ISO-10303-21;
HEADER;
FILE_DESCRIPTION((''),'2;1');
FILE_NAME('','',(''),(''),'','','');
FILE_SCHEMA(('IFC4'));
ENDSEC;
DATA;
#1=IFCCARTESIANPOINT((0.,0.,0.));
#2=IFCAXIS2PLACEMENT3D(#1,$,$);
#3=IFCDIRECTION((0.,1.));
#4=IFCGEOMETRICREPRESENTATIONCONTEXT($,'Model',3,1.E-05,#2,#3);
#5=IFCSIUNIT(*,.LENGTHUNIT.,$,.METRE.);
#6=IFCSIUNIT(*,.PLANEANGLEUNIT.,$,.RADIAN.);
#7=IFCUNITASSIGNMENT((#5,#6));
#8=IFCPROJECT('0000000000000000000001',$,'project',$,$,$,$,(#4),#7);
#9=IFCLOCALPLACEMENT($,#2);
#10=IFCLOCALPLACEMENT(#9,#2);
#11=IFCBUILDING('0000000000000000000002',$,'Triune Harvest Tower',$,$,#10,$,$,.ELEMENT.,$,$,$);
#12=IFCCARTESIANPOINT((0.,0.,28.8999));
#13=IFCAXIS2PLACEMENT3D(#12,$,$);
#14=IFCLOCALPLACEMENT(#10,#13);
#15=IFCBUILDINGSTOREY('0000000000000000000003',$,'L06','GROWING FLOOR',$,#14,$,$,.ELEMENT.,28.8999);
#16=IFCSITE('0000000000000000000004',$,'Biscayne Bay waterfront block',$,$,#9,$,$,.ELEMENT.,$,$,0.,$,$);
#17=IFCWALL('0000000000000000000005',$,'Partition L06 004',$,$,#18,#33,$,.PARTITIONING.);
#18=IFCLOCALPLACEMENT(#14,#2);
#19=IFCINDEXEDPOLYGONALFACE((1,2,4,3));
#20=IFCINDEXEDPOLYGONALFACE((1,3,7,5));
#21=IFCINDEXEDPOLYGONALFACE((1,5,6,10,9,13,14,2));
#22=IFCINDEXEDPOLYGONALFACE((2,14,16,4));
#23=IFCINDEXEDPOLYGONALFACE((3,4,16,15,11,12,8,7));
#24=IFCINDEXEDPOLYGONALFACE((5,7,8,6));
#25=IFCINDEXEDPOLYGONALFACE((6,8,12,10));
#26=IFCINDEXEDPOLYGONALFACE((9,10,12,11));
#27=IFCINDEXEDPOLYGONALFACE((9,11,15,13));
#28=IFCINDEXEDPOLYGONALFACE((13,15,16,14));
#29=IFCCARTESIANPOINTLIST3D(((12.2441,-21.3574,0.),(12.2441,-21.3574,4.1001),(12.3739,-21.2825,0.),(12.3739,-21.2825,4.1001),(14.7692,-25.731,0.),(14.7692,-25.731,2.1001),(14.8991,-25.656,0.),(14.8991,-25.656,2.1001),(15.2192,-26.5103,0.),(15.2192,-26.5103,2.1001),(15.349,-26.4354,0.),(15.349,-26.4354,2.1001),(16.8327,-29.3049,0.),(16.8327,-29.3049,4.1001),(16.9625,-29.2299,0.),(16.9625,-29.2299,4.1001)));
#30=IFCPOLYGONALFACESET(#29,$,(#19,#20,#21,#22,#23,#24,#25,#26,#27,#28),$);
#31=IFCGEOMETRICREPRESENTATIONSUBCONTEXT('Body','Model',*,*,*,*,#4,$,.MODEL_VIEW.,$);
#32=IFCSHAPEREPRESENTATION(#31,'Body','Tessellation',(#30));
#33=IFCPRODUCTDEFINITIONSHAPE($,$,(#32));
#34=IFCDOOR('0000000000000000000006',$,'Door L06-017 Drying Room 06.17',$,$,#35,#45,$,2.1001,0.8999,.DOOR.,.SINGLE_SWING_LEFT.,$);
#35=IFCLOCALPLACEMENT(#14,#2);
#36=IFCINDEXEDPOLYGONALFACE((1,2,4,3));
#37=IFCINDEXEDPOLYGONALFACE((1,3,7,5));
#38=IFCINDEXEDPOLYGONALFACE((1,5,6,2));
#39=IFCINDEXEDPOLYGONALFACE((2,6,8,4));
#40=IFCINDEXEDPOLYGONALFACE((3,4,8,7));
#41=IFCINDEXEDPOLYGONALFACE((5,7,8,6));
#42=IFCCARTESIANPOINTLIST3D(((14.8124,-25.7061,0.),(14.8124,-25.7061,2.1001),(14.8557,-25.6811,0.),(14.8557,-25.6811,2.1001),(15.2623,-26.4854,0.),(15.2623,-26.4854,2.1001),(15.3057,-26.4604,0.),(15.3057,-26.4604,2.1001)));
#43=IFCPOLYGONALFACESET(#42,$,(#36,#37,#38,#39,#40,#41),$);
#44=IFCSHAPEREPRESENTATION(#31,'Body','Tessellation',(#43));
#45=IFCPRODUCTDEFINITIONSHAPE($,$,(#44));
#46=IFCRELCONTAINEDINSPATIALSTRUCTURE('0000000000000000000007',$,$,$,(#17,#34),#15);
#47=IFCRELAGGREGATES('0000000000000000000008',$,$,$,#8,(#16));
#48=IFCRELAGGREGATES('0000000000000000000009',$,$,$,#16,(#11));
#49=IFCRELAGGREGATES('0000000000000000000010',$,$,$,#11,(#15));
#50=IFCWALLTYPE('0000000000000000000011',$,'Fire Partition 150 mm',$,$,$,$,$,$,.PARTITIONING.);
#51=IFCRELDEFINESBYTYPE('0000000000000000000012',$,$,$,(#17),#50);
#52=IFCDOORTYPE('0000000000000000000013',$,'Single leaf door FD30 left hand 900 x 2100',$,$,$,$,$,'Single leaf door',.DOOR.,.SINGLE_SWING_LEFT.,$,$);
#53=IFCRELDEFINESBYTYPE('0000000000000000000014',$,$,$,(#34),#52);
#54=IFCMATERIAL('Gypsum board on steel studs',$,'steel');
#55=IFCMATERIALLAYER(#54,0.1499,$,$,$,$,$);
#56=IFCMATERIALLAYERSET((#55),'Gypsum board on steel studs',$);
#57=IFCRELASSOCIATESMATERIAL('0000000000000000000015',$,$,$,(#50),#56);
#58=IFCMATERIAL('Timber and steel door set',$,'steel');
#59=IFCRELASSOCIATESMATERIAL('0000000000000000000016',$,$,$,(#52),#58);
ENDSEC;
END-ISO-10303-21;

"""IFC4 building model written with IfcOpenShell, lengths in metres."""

from ifc_helpers import new_model, si_unit, direction, frame, frame_2d, origin, place, context, subcontext, project, spatial, rectangle, extrude, source, transform, mapped, material, layer, layer_set, type_object, element, fill, save


model = new_model("IFC4")

# Units and contexts
model_context = context("Model", 3, precision=1e-05, world=origin(), true_north=direction((0.0, 1.0)))
body_context = subcontext(model_context, "Body", "Model", "MODEL_VIEW")
ifc_project = project(units=[si_unit("LENGTHUNIT", "METRE"), si_unit("PLANEANGLEUNIT", "RADIAN")], contexts=[model_context])

# Site, building, storey
site_placement = place(None, origin())
site = spatial("IfcSite", under=ifc_project, at=site_placement, Name="Biscayne Bay waterfront block", CompositionType="ELEMENT", RefElevation=0.0)
building_placement = place(site_placement, origin())
building = spatial("IfcBuilding", under=site, at=building_placement, Name="Triune Harvest Tower", CompositionType="ELEMENT")
storey_placement = place(building_placement, frame((0.0, 0.0, 28.8999)))
storey = spatial("IfcBuildingStorey", under=building, at=storey_placement, Name="L06", Description="GROWING FLOOR", CompositionType="ELEMENT", Elevation=28.8999)

# Wall, opening, door
ifc_material_1 = material(Name="Gypsum board on steel studs", Category="steel")
ifc_layer_1 = layer(ifc_material_1, 0.1499)
ifc_layer_set_1 = layer_set([ifc_layer_1], Name="Gypsum board on steel studs")
wall_type_1 = type_object("IfcWallType", Name="Fire Partition 150 mm", PredefinedType="PARTITIONING", material=ifc_layer_set_1)
shared_shape_1 = source(origin(), body_context, "Body", "SweptSolid", [
    extrude(rectangle(XDim=9.177, YDim=0.1499, at=frame_2d((4.5884, 0.0))), origin(), (0.0, 0.0, 1.0), 4.1001),
])
wall_1_placement = place(storey_placement, frame((12.3091, -21.3201, 0.0), z_axis=(0.0, 0.0, 1.0), x_axis=(0.50001, -0.866019, 0.0)))
wall_1 = element("IfcWall", 1, at=wall_1_placement, inside=storey, type_object=wall_type_1, Name="Partition L06 004", PredefinedType="PARTITIONING", context=body_context, shape_type="MappedRepresentation", body=[
    mapped(shared_shape_1, transform((0.0, 0.0, 0.0), scale=1.0)),
])
opening_placement = place(wall_1_placement, frame((5.05, 0.0, 0.0)))
opening = element("IfcOpeningElement", 2, at=opening_placement, cuts=wall_1, PredefinedType="OPENING", context=body_context, shape_type="SweptSolid", body=[
    extrude(rectangle(XDim=0.8999, YDim=2.1001, at=frame_2d((0.45, 1.05))), frame((0.0, 0.085, 0.0), z_axis=(0.0, -1.0, 0.0), x_axis=(1.0, 0.0, 0.0)), (0.0, 0.0, 1.0), 0.1699),
])
ifc_material_2 = material(Name="Timber and steel door set", Category="steel")
door_type = type_object("IfcDoorType", Name="Single leaf door FD30 left hand 900 x 2100", ElementType="Single leaf door", OperationType="SINGLE_SWING_LEFT", PredefinedType="DOOR", material=ifc_material_2)
door_placement = place(opening_placement, origin())
door = element("IfcDoor", 3, at=door_placement, inside=storey, type_object=door_type, Name="Door L06-017 Drying Room 06.17", OperationType="SINGLE_SWING_LEFT", OverallHeight=2.1001, OverallWidth=0.8999, PredefinedType="DOOR", context=body_context, shape_type="SweptSolid", body=[
    extrude(rectangle(XDim=0.8999, YDim=2.1001, at=frame_2d((0.45, 1.05))), frame((0.0, 0.0249, 0.0), z_axis=(0.0, -1.0, 0.0), x_axis=(1.0, 0.0, 0.0)), (0.0, 0.0, 1.0), 0.05),
])
fill(opening, door)

save(model, "model.ifc")
